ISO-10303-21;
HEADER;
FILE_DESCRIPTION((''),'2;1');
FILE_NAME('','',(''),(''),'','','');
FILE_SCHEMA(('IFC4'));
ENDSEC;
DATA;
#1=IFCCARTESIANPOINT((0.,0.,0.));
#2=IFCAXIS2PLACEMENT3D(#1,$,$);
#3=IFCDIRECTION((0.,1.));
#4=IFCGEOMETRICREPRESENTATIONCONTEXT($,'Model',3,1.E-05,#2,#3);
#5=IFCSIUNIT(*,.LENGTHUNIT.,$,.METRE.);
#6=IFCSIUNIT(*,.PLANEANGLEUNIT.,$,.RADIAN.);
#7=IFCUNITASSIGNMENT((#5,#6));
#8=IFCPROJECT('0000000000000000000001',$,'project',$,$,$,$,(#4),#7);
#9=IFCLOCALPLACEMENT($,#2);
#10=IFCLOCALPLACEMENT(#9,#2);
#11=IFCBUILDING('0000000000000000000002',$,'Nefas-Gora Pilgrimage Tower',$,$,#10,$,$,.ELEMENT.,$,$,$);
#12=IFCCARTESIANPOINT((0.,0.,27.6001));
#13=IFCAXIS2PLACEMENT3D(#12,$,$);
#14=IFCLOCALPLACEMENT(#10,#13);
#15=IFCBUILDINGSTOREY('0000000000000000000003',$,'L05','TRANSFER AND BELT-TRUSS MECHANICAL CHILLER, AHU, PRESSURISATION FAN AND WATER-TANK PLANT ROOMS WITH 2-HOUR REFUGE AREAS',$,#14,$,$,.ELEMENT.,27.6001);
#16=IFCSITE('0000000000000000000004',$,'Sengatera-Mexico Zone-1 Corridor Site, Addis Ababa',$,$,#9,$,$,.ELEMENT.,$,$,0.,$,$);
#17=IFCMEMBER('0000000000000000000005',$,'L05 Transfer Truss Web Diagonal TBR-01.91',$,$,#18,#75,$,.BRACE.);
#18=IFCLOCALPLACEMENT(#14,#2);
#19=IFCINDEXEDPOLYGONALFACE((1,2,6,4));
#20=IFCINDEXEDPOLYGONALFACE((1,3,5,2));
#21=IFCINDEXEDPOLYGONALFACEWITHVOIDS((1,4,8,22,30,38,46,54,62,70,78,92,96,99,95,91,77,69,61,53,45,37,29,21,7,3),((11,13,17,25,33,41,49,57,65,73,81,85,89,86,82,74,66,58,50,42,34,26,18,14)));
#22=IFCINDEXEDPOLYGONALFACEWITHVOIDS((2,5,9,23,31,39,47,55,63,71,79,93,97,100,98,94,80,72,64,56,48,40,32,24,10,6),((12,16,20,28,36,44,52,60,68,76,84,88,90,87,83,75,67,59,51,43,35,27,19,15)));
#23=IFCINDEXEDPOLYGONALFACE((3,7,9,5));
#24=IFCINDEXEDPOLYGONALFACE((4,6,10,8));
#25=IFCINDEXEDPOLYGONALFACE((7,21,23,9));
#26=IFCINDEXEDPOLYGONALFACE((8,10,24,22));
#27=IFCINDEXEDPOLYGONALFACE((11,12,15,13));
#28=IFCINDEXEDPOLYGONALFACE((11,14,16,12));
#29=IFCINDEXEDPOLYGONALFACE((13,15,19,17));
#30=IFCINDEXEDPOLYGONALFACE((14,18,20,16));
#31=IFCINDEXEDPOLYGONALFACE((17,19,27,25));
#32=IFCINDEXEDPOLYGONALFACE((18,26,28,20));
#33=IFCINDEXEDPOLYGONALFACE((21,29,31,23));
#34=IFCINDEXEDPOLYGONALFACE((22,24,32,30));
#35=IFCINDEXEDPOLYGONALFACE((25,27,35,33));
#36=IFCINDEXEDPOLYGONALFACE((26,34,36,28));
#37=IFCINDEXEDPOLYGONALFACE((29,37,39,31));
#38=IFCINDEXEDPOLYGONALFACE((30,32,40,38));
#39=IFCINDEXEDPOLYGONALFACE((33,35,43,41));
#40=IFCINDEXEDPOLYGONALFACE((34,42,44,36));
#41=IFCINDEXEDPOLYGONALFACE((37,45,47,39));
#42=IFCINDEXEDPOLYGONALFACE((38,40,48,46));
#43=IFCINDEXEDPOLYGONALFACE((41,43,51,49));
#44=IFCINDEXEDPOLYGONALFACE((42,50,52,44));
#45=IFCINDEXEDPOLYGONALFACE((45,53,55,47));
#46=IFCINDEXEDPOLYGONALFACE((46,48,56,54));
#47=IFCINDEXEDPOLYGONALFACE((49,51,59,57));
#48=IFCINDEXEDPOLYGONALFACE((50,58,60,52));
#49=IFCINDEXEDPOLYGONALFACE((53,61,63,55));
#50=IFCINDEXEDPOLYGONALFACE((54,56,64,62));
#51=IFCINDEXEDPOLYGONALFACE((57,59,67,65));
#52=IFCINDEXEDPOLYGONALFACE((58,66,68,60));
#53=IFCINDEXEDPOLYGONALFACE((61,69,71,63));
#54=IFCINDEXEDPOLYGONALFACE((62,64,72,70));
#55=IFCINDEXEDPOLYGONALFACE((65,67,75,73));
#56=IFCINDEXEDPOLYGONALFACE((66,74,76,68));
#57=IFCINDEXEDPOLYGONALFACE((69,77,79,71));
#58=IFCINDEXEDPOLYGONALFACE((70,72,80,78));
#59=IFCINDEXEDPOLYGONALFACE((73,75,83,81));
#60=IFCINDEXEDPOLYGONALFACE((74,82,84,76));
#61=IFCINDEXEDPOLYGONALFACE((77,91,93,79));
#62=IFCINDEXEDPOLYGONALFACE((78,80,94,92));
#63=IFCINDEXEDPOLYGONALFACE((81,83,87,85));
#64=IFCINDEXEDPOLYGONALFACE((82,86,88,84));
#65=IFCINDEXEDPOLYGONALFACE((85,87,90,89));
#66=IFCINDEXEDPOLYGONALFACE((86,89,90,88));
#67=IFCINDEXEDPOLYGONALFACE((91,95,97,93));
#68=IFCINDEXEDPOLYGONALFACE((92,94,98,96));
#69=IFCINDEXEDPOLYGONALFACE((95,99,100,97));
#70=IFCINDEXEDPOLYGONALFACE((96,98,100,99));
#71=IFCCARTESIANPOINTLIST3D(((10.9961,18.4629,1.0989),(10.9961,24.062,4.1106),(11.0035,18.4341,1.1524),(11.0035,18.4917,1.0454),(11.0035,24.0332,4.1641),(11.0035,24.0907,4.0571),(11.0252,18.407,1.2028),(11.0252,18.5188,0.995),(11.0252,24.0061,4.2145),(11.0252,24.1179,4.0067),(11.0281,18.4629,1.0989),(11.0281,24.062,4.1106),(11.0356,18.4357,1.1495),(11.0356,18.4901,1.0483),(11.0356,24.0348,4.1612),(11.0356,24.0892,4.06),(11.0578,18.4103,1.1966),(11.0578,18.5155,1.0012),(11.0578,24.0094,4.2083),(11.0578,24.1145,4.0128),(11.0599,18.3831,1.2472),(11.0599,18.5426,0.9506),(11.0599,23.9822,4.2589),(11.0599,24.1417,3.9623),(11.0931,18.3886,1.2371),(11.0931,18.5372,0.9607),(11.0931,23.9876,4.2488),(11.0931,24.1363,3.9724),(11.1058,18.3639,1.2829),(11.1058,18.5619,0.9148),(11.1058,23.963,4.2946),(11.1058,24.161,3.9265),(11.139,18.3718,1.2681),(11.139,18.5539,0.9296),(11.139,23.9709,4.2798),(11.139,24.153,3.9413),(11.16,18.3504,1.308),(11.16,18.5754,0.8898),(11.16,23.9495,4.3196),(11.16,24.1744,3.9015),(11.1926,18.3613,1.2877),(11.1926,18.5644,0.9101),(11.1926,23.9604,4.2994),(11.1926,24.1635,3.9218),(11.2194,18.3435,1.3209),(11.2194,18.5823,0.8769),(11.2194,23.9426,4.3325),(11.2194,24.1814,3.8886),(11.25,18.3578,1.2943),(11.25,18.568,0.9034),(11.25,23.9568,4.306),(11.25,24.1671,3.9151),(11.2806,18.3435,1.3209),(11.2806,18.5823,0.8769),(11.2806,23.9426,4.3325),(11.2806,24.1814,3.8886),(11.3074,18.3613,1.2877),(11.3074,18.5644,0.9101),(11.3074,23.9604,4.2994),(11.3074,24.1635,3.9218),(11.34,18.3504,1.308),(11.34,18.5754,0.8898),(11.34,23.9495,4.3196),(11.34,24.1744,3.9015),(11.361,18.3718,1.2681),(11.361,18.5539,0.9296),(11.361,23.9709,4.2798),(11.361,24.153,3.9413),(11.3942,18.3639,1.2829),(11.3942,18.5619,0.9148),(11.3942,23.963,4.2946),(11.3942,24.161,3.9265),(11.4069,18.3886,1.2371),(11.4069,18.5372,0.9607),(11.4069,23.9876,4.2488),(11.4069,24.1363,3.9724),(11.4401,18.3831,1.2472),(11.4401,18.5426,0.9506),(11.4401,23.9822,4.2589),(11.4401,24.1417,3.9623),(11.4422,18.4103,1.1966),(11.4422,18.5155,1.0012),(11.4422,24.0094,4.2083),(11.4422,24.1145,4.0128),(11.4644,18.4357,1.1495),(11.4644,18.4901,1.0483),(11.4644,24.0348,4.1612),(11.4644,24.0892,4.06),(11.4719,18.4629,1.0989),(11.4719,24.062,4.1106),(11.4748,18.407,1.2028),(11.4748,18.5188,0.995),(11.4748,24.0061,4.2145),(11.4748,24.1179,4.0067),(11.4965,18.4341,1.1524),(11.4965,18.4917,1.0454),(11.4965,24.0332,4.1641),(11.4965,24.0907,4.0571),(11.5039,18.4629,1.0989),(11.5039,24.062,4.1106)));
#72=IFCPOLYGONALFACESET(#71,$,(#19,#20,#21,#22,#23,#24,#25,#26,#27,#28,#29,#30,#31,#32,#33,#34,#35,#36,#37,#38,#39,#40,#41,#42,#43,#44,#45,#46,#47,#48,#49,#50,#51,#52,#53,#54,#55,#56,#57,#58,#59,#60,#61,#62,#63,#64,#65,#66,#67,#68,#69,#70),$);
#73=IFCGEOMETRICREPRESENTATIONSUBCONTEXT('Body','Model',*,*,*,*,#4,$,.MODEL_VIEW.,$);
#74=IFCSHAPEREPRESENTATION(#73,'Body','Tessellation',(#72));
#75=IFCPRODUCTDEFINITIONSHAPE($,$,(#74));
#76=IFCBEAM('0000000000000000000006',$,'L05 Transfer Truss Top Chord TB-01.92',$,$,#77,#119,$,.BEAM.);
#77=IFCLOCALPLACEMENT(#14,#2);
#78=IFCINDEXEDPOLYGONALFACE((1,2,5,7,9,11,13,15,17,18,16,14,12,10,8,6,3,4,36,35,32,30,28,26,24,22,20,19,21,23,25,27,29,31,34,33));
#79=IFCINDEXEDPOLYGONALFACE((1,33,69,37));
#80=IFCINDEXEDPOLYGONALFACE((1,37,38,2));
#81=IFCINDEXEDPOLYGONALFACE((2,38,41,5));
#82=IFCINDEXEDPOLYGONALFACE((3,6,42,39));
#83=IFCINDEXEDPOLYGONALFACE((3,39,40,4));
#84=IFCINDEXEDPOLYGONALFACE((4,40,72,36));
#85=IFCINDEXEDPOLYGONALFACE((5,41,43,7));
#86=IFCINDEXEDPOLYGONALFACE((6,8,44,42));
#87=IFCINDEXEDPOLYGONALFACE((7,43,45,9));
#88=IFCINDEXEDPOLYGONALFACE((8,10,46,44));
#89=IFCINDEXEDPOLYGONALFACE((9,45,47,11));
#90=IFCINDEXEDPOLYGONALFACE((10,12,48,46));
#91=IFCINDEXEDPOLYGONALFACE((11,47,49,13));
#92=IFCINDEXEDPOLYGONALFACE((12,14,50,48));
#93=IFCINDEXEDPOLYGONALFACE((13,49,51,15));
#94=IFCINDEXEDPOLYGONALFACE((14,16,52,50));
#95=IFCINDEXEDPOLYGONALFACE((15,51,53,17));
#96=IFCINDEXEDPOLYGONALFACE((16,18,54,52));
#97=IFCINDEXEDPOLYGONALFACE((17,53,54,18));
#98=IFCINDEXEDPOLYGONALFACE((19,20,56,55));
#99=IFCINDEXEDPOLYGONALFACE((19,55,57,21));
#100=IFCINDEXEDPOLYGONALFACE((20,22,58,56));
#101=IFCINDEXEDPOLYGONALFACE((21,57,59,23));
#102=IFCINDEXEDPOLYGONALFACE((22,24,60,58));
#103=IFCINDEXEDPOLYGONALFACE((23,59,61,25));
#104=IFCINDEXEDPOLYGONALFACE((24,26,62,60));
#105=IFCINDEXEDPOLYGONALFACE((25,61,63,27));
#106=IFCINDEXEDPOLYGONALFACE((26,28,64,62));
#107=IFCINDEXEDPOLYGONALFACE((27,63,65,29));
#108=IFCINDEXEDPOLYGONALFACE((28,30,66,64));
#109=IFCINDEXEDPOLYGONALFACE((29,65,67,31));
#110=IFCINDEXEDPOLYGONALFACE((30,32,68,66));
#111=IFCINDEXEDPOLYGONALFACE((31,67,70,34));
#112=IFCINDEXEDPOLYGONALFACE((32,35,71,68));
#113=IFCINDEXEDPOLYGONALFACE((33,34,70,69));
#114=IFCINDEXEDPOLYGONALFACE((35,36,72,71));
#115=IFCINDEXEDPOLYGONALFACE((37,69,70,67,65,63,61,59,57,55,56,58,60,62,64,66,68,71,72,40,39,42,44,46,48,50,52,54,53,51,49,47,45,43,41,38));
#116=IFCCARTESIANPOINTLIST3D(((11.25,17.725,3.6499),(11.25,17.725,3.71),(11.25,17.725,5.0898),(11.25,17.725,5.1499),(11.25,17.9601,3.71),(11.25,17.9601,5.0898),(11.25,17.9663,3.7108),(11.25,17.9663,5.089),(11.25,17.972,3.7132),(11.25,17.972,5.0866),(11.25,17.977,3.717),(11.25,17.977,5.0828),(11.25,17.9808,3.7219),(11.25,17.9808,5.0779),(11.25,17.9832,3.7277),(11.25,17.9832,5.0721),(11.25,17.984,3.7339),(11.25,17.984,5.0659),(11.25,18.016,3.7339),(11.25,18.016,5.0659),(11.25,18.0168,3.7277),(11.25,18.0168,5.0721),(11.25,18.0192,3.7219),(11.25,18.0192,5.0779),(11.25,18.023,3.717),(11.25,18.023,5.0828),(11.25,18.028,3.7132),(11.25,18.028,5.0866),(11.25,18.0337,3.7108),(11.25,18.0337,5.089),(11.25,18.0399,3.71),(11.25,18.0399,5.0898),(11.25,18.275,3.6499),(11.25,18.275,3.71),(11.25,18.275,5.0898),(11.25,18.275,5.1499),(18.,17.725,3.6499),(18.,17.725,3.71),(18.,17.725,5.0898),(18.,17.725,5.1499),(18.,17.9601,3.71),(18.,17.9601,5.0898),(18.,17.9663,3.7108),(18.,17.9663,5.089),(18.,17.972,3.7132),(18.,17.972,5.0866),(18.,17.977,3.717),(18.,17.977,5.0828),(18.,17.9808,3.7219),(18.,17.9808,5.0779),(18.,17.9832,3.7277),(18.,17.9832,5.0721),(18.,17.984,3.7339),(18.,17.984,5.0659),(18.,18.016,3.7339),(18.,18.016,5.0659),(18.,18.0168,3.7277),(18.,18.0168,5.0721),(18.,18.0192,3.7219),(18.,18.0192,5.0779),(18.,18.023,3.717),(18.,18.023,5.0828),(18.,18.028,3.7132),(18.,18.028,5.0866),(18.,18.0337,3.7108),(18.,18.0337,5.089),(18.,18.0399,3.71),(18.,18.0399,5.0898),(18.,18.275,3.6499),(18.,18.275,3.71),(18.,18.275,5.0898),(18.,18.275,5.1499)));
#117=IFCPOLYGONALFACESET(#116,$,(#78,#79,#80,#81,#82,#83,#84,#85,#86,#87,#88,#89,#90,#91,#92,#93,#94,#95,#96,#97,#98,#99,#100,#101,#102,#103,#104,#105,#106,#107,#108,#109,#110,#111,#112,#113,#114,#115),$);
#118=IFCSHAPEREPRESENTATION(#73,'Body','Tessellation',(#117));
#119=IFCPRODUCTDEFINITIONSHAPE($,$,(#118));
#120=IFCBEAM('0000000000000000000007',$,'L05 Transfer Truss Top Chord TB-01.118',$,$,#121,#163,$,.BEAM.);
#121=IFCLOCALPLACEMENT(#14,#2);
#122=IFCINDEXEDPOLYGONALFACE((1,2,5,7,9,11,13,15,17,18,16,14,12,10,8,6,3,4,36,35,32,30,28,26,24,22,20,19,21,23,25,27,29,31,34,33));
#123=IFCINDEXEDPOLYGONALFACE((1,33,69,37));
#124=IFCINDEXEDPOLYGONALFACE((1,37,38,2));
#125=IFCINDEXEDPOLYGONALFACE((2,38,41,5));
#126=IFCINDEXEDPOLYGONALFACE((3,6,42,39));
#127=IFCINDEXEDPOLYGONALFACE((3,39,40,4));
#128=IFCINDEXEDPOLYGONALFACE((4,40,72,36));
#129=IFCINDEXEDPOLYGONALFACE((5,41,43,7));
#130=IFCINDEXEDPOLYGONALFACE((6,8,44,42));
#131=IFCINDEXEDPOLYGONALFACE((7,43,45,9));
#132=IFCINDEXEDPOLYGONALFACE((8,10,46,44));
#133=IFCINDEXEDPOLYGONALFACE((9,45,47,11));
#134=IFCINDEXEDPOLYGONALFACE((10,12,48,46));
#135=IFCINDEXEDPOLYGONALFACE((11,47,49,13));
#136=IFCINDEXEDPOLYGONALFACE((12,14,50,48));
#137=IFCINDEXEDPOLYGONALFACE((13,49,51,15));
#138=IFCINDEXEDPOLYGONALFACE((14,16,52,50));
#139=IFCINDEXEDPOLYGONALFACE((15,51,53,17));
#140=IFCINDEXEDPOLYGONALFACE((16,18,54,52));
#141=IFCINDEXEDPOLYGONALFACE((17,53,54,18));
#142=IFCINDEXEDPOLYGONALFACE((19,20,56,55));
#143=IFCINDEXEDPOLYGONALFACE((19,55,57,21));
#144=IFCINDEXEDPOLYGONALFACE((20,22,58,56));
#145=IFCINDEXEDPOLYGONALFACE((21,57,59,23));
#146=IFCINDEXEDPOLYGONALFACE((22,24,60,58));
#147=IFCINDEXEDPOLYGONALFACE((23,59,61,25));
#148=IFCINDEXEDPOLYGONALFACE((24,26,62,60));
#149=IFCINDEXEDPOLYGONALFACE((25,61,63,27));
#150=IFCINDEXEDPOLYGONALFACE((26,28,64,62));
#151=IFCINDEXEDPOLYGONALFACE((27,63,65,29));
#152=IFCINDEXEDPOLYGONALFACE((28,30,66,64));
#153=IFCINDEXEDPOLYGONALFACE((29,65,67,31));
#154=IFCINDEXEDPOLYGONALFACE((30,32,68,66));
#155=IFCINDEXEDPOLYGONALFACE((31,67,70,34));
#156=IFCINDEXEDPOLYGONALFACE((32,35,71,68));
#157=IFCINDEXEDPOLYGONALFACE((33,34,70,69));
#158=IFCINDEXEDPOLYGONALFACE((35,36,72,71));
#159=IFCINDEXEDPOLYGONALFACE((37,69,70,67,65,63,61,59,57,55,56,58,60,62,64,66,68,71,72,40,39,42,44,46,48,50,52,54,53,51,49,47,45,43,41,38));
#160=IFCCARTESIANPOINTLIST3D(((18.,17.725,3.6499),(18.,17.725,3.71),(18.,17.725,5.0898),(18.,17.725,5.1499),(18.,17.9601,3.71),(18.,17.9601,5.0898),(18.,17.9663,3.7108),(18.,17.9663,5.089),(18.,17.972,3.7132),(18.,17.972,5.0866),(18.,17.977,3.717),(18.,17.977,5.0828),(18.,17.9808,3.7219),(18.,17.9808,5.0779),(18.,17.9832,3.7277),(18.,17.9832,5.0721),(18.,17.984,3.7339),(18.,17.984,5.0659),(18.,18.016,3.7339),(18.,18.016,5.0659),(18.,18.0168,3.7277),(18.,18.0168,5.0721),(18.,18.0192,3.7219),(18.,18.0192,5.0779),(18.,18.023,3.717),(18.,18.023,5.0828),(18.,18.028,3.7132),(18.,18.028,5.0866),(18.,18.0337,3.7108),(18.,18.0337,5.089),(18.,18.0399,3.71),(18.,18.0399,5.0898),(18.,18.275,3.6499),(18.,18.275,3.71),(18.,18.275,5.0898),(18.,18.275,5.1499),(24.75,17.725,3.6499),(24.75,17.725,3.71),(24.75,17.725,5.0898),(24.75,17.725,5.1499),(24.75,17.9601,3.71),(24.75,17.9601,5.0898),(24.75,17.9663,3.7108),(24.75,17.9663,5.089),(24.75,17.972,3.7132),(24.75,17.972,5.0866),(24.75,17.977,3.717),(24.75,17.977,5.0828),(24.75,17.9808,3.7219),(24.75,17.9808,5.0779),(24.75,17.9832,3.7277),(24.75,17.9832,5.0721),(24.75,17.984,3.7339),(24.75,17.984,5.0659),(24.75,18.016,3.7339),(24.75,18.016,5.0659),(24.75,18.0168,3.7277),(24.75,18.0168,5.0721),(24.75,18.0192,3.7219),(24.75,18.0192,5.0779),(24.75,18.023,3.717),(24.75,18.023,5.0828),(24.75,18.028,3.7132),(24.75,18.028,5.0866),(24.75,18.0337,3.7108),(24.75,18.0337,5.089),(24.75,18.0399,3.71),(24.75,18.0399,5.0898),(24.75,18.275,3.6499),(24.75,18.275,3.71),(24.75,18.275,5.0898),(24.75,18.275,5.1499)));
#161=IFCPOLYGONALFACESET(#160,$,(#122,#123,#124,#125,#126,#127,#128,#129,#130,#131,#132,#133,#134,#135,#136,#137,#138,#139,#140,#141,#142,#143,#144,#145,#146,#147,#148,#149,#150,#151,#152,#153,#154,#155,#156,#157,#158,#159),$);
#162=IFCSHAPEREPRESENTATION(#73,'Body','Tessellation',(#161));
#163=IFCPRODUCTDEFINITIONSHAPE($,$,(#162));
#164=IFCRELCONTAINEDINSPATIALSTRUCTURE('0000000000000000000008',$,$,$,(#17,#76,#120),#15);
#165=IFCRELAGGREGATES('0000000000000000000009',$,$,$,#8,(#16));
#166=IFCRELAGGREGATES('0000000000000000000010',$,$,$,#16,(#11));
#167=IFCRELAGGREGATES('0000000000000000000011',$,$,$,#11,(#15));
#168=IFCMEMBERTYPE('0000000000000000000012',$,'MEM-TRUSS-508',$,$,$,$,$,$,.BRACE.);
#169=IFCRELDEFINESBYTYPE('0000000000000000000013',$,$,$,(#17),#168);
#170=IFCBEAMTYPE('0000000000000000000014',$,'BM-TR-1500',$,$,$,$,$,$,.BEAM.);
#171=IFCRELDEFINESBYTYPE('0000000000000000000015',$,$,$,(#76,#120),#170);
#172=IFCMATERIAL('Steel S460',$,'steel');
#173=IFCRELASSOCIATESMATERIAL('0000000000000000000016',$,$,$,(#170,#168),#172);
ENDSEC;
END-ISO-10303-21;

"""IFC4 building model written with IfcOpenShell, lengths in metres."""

from ifc_helpers import new_model, si_unit, direction, frame, origin, origin_2d, place, context, subcontext, project, spatial, hollow_circle, i_section, extrude, source, transform, mapped, material, material_profile, profile_set, type_object, element, save


model = new_model("IFC4")

# Units and contexts
model_context = context("Model", 3, precision=1e-05, world=origin(), true_north=direction((0.0, 1.0)))
body_context = subcontext(model_context, "Body", "Model", "MODEL_VIEW")
ifc_project = project(units=[si_unit("LENGTHUNIT", "METRE"), si_unit("PLANEANGLEUNIT", "RADIAN")], contexts=[model_context])

# Site, building, storey
site_placement = place(None, origin())
site = spatial("IfcSite", under=ifc_project, at=site_placement, Name="Sengatera-Mexico Zone-1 Corridor Site, Addis Ababa", CompositionType="ELEMENT", RefElevation=0.0)
building_placement = place(site_placement, origin())
building = spatial("IfcBuilding", under=site, at=building_placement, Name="Nefas-Gora Pilgrimage Tower", CompositionType="ELEMENT")
storey_placement = place(building_placement, frame((0.0, 0.0, 27.6001)))
storey = spatial("IfcBuildingStorey", under=building, at=storey_placement, Name="L05", Description="TRANSFER AND BELT-TRUSS MECHANICAL CHILLER, AHU, PRESSURISATION FAN AND WATER-TANK PLANT ROOMS WITH 2-HOUR REFUGE AREAS", CompositionType="ELEMENT", Elevation=27.6001)

# Shared definitions
ifc_material = material(Name="Steel S460", Category="steel")

# Shared definitions
ifc_material_profile_1 = material_profile(ifc_material, i_section(OverallWidth=0.55, OverallDepth=1.5, WebThickness=0.032, FlangeThickness=0.0601, FilletRadius=0.0239, at=origin_2d()), Name="WPG 1500x550x32x60")
ifc_profile_set_1 = profile_set([ifc_material_profile_1], Name="Steel S460")
beam_type_1 = type_object("IfcBeamType", Name="BM-TR-1500", PredefinedType="BEAM", material=ifc_profile_set_1)

# Shared definitions
ifc_material_profile_2 = material_profile(ifc_material, hollow_circle(Radius=0.2539, WallThickness=0.032, at=origin_2d()), Name="CHS 508x32")
ifc_profile_set_2 = profile_set([ifc_material_profile_2], Name="Steel S460")
member_type = type_object("IfcMemberType", Name="MEM-TRUSS-508", PredefinedType="BRACE", material=ifc_profile_set_2)

# Member
shared_shape_1 = source(origin(), body_context, "Body", "SweptSolid", [
    extrude(hollow_circle(Radius=0.2539, WallThickness=0.032, at=origin_2d()), origin(), (0.0, 0.0, 1.0), 6.3577),
])
member_1_placement = place(storey_placement, frame((11.25, 18.4629, 1.0989), z_axis=(0.0, 0.880681, 0.47371), x_axis=(-1.0, 0.0, 0.0)))
element("IfcMember", 1, at=member_1_placement, inside=storey, type_object=member_type, Name="L05 Transfer Truss Web Diagonal TBR-01.91", PredefinedType="BRACE", context=body_context, shape_type="MappedRepresentation", body=[
    mapped(shared_shape_1, transform((0.0, 0.0, 0.0), x_axis=(1.0, 0.0, 0.0), y_axis=(0.0, 1.0, 0.0), z_axis=(0.0, 0.0, 1.0), scale=1.0)),
])

# Beams
shared_shape_2 = source(origin(), body_context, "Body", "SweptSolid", [
    extrude(i_section(OverallWidth=0.55, OverallDepth=1.5, WebThickness=0.032, FlangeThickness=0.0601, FilletRadius=0.0239, at=origin_2d()), origin(), (0.0, 0.0, 1.0), 6.75),
])
for number, where, z_axis, x_axis, name in (
    (2, (11.25, 18.0, 4.3999), (1.0, 0.0, 0.0), (0.0, 1.0, 0.0), "L05 Transfer Truss Top Chord TB-01.92"),
    (3, (18.0, 18.0, 4.3999), (1.0, 0.0, 0.0), (0.0, 1.0, 0.0), "L05 Transfer Truss Top Chord TB-01.118"),
):
    element("IfcBeam", number, at=place(storey_placement, frame(where, z_axis=z_axis, x_axis=x_axis)), inside=storey, type_object=beam_type_1, Name=name, PredefinedType="BEAM", context=body_context, shape_type="MappedRepresentation", body=[
        mapped(shared_shape_2, transform((0.0, 0.0, 0.0), x_axis=(1.0, 0.0, 0.0), y_axis=(0.0, 1.0, 0.0), z_axis=(0.0, 0.0, 1.0), scale=1.0)),
    ])

save(model, "model.ifc")
